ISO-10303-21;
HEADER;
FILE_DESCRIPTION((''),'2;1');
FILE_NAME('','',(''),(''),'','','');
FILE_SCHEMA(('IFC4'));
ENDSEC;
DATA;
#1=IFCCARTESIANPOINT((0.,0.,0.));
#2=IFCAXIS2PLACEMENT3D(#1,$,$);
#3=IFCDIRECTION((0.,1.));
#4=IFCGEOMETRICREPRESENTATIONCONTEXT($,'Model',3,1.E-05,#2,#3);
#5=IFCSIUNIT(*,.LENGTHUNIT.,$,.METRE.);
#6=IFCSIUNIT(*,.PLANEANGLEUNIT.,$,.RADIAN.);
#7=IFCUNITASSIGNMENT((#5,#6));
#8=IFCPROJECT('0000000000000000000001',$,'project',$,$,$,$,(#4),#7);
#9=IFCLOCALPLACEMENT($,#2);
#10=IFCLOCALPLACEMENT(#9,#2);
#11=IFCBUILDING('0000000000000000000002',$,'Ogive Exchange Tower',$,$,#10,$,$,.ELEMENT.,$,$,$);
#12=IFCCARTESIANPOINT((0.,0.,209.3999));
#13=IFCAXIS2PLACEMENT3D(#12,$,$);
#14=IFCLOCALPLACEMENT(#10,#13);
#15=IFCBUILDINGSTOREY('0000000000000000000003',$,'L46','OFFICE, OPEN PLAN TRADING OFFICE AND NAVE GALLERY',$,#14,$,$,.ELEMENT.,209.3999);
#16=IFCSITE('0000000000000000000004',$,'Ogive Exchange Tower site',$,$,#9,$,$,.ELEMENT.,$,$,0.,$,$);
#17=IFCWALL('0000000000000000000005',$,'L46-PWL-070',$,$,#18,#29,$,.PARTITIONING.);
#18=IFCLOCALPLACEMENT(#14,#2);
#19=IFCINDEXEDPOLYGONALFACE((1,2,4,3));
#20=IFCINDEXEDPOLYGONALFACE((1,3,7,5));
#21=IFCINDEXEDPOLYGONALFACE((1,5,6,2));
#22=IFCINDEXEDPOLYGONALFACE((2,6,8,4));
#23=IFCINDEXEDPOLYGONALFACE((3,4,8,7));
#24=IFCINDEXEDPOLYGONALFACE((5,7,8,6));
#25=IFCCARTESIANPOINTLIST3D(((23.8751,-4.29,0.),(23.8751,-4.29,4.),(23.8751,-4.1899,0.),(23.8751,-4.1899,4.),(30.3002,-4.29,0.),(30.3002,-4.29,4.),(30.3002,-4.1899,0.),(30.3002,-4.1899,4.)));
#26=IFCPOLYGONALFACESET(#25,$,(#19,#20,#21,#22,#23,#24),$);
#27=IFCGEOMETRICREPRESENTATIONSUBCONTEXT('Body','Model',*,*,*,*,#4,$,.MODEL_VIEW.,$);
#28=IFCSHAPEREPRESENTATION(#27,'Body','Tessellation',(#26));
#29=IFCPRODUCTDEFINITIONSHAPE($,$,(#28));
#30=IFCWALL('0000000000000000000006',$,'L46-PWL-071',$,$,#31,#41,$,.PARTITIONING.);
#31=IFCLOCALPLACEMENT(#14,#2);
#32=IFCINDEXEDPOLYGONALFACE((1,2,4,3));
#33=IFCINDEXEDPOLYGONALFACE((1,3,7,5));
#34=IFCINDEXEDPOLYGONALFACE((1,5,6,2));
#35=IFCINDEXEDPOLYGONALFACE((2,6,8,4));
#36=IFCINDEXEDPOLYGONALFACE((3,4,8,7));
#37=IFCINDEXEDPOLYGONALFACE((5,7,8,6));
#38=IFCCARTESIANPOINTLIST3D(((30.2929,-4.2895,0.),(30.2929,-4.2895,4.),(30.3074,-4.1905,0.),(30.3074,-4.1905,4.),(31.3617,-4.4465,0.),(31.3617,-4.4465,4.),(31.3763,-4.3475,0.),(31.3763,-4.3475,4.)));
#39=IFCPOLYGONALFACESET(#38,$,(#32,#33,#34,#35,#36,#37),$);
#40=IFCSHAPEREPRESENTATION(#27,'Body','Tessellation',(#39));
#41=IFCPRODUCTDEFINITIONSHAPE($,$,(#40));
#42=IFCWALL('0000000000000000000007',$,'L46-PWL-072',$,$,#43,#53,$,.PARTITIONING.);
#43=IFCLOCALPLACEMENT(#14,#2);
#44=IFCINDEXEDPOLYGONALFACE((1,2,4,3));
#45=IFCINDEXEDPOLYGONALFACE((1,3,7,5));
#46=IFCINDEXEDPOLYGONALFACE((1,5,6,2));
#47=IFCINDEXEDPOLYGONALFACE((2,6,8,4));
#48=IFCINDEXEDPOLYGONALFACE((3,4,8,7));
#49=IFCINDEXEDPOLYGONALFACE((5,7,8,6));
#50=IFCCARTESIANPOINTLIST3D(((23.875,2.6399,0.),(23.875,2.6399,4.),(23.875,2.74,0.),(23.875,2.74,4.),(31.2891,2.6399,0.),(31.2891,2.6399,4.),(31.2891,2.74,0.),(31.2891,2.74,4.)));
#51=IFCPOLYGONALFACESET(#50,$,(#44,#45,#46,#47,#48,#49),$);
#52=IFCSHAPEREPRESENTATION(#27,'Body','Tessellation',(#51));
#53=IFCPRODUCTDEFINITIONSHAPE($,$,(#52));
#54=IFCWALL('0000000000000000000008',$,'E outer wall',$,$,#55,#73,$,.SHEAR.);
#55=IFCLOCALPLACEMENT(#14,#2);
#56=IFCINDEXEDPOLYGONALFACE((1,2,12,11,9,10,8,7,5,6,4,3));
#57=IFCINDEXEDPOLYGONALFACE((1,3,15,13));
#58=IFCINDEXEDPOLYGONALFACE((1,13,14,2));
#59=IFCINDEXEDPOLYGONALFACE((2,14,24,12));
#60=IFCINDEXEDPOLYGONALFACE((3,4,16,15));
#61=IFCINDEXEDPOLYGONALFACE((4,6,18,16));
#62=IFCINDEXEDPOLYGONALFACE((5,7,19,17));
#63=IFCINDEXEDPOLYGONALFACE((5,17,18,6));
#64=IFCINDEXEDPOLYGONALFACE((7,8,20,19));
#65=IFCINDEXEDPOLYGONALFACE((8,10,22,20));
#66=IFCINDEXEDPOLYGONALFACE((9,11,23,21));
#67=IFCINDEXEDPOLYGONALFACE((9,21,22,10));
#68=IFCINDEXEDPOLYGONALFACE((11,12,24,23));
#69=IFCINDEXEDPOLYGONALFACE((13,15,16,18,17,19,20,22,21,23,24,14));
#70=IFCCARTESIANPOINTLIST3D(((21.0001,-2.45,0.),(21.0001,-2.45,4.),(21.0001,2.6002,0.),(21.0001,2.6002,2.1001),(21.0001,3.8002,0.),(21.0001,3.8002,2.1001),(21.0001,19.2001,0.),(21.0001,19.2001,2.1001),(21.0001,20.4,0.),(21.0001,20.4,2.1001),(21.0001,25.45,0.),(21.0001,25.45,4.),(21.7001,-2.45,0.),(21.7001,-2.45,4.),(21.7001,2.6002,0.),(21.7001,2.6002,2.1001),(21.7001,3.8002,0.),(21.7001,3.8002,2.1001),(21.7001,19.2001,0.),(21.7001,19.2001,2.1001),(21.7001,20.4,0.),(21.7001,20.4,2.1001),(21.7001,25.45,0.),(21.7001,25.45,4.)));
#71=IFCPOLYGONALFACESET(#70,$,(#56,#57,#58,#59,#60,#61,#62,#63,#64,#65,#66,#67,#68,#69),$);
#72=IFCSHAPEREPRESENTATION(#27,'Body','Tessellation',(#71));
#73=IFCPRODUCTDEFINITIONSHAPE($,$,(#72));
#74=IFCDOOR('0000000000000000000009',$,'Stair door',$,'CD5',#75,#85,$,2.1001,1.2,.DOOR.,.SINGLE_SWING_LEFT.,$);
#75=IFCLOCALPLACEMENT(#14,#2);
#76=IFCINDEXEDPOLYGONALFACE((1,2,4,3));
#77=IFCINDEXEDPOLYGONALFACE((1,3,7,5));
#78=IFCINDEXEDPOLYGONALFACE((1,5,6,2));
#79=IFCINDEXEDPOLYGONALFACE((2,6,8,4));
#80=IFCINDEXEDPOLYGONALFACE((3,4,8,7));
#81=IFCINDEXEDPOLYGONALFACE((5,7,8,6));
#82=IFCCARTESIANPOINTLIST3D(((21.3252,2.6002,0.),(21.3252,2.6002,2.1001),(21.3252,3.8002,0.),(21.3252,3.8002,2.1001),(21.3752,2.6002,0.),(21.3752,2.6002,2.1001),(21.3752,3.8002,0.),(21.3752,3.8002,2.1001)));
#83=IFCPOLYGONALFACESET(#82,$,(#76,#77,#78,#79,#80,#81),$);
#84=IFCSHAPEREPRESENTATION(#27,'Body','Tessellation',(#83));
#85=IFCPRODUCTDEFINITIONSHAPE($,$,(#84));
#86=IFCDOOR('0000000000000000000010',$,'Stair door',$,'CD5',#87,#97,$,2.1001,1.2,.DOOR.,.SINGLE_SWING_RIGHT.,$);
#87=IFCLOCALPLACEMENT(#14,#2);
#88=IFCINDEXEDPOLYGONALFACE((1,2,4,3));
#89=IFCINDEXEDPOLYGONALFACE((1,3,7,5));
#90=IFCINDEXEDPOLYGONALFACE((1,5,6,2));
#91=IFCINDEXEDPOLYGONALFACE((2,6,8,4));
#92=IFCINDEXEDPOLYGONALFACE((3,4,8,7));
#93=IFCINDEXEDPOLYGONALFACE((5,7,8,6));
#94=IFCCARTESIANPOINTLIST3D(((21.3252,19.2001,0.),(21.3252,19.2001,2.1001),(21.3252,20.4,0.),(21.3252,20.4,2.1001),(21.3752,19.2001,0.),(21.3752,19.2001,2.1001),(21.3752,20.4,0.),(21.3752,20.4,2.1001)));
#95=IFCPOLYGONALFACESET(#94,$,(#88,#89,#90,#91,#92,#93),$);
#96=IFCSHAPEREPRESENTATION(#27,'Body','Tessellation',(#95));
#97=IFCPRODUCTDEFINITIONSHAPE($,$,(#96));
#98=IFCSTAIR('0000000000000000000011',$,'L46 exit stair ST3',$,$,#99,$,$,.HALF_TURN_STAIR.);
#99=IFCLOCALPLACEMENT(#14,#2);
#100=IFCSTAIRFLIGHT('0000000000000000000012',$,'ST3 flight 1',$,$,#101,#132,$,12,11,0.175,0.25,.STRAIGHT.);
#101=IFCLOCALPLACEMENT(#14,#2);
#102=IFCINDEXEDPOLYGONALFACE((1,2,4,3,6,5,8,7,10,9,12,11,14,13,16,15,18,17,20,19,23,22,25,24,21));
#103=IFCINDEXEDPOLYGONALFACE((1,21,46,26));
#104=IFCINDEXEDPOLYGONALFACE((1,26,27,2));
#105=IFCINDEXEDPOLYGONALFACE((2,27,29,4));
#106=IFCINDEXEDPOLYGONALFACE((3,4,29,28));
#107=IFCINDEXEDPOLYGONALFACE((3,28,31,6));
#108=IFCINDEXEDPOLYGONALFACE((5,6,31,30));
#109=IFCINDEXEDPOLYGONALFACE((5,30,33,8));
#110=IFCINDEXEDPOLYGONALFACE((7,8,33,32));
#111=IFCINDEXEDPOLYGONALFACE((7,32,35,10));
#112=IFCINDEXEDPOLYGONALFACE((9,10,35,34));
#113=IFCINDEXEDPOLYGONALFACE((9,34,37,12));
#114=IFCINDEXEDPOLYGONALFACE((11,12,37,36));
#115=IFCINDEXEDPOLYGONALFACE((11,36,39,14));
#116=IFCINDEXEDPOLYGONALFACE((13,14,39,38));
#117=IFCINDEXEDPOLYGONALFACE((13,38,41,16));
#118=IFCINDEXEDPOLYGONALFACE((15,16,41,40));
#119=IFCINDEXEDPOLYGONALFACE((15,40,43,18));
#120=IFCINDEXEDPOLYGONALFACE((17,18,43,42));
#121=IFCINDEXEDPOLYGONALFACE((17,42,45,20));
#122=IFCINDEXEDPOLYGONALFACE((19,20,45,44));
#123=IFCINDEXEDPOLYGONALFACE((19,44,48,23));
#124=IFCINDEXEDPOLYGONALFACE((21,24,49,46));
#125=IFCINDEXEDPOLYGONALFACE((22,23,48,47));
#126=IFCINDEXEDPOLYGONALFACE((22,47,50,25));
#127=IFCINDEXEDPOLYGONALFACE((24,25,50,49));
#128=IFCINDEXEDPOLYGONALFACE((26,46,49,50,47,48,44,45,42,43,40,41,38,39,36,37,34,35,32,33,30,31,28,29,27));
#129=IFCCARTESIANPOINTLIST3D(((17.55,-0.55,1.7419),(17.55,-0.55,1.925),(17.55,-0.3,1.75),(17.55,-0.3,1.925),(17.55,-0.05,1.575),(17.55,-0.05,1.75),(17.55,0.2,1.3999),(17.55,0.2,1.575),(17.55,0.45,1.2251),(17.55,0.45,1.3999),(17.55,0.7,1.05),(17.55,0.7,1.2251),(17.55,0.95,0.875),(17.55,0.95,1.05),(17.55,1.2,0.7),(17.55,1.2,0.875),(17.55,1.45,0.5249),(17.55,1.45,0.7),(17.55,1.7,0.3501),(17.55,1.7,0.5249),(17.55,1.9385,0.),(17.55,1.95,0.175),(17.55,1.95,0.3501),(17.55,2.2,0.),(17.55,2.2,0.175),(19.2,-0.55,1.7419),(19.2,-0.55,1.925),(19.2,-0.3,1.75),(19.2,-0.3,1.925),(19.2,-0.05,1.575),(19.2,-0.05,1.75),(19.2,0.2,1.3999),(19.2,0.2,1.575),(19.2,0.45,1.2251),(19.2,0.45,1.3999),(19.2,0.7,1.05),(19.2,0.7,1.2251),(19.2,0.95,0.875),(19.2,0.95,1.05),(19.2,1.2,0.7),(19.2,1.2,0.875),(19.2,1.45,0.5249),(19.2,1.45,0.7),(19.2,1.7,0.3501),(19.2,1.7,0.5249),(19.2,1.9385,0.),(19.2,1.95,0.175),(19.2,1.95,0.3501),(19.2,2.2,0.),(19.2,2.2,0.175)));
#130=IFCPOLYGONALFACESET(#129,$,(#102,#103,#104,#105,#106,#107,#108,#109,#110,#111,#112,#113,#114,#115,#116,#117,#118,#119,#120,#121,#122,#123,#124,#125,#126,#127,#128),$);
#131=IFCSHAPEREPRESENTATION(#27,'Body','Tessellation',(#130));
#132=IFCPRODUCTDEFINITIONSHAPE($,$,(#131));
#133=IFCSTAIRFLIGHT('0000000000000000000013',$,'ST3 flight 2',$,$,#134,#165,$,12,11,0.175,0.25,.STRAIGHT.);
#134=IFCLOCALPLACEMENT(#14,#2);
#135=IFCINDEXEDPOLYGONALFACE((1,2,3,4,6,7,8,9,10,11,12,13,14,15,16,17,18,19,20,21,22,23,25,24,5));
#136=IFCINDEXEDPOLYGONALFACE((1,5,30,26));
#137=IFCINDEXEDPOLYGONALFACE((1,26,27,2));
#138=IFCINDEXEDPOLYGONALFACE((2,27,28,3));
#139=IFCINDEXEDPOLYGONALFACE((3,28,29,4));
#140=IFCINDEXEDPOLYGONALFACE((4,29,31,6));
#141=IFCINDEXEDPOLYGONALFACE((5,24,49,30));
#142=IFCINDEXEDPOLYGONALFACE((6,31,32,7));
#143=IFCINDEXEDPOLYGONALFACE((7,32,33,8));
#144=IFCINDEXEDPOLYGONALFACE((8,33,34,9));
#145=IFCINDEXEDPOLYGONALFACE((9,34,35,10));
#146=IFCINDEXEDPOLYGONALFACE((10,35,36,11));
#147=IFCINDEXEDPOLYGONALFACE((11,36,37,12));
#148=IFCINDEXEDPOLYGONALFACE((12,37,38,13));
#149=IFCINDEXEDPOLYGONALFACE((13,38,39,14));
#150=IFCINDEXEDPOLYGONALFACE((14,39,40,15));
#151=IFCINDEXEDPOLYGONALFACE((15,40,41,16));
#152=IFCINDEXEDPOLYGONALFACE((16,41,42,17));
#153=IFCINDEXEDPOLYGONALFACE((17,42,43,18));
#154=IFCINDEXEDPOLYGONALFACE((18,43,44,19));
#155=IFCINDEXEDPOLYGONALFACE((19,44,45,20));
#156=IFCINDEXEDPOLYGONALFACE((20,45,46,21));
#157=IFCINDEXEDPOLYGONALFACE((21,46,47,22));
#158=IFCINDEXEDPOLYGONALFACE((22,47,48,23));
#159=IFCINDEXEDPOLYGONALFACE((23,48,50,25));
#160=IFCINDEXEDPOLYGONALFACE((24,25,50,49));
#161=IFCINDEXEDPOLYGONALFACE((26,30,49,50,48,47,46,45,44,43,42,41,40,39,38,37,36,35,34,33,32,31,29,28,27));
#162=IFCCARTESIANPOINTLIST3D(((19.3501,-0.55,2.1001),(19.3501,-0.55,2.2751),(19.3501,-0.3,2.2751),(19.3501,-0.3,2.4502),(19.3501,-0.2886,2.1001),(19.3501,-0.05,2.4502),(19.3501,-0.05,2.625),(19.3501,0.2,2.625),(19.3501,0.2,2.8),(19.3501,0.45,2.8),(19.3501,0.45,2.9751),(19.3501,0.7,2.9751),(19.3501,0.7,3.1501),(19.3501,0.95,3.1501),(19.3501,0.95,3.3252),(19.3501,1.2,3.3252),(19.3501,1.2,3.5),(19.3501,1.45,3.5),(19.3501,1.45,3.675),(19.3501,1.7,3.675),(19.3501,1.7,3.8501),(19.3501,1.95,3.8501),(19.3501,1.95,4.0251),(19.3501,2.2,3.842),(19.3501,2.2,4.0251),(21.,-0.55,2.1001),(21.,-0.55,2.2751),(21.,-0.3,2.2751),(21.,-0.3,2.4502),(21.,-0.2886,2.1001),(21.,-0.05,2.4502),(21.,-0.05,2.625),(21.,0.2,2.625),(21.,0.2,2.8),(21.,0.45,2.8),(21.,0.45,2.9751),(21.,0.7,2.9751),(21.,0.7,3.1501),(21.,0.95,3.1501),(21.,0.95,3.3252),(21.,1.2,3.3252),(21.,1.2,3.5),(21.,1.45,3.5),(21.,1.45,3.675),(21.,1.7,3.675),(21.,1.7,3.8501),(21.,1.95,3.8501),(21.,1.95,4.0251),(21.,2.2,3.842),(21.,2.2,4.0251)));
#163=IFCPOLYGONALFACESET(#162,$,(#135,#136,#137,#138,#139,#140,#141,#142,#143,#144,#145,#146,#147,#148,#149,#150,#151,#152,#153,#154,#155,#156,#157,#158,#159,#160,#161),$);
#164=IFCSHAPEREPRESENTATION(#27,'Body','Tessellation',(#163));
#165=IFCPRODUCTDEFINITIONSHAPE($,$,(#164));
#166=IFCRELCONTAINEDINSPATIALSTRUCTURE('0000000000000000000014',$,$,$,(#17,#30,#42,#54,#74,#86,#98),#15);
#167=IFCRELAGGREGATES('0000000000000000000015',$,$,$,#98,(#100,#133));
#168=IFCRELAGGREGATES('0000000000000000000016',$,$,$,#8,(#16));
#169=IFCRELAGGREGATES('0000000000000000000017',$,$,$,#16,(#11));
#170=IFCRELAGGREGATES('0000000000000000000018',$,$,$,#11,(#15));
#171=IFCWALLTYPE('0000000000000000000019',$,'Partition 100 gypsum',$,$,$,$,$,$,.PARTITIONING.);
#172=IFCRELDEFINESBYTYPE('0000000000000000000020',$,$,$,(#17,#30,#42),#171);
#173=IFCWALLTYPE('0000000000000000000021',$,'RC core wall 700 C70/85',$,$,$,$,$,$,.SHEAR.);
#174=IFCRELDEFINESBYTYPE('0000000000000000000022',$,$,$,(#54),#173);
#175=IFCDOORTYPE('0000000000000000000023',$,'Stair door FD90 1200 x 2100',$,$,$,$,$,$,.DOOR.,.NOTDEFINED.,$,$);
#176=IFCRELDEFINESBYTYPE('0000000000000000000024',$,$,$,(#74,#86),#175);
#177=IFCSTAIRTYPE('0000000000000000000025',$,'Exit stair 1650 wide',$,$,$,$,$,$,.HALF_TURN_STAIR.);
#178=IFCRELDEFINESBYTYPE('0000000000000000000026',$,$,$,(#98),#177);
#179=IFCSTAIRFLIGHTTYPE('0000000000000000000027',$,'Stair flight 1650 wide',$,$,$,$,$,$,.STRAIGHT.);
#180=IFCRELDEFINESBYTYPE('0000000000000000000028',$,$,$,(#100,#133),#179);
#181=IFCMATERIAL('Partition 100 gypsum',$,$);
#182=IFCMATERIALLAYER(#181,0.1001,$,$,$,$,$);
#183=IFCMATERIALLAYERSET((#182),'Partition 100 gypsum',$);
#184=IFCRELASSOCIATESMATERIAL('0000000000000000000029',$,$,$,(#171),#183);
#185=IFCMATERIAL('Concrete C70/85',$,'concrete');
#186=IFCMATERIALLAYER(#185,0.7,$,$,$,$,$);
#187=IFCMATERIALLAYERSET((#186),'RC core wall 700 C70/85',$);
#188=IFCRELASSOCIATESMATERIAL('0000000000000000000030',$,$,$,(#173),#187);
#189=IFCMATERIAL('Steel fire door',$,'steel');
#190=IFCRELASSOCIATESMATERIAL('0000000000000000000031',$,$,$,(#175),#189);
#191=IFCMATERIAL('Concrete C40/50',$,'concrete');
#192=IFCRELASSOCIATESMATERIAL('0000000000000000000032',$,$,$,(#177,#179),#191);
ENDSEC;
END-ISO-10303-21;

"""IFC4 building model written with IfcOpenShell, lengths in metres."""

from ifc_helpers import new_model, si_unit, direction, frame, frame_2d, origin, place, context, subcontext, project, spatial, polyline, rectangle, outline, extrude, material, layer, layer_set, type_object, element, fill, aggregate, save


model = new_model("IFC4")

# Units and contexts
model_context = context("Model", 3, precision=1e-05, world=origin(), true_north=direction((0.0, 1.0)))
body_context = subcontext(model_context, "Body", "Model", "MODEL_VIEW")
ifc_project = project(units=[si_unit("LENGTHUNIT", "METRE"), si_unit("PLANEANGLEUNIT", "RADIAN")], contexts=[model_context])

# Site, building, storey
site_placement = place(None, origin())
site = spatial("IfcSite", under=ifc_project, at=site_placement, Name="Ogive Exchange Tower site", CompositionType="ELEMENT", RefElevation=0.0)
building_placement = place(site_placement, origin())
building = spatial("IfcBuilding", under=site, at=building_placement, Name="Ogive Exchange Tower", CompositionType="ELEMENT")
storey_placement = place(building_placement, frame((0.0, 0.0, 209.3999)))
storey = spatial("IfcBuildingStorey", under=building, at=storey_placement, Name="L46", Description="OFFICE, OPEN PLAN TRADING OFFICE AND NAVE GALLERY", CompositionType="ELEMENT", Elevation=209.3999)

# Walls
ifc_material_1 = material(Name="Partition 100 gypsum")
ifc_layer_1 = layer(ifc_material_1, 0.1001)
ifc_layer_set_1 = layer_set([ifc_layer_1], Name="Partition 100 gypsum")
wall_type_1 = type_object("IfcWallType", Name="Partition 100 gypsum", PredefinedType="PARTITIONING", material=ifc_layer_set_1)
wall_1_placement = place(storey_placement, frame((30.3, -4.24, 0.0), z_axis=(0.0, 0.0, 1.0), x_axis=(-1.0, 0.0, 0.0)))
element("IfcWall", 1, at=wall_1_placement, inside=storey, type_object=wall_type_1, Name="L46-PWL-070", PredefinedType="PARTITIONING", context=body_context, shape_type="SweptSolid", body=[
    extrude(rectangle(XDim=6.425, YDim=0.1001, at=frame_2d((3.2124, 0.0))), origin(), (0.0, 0.0, 1.0), 4.0),
])
wall_2_placement = place(storey_placement, frame((31.3689, -4.397, 0.0), z_axis=(0.0, 0.0, 1.0), x_axis=(-0.989386, 0.145312, 0.0)))
element("IfcWall", 2, at=wall_2_placement, inside=storey, type_object=wall_type_1, Name="L46-PWL-071", PredefinedType="PARTITIONING", context=body_context, shape_type="SweptSolid", body=[
    extrude(rectangle(XDim=1.0803, YDim=0.1001, at=frame_2d((0.54, 0.0))), origin(), (0.0, 0.0, 1.0), 4.0),
])
wall_3_placement = place(storey_placement, frame((31.2891, 2.6899, 0.0), z_axis=(0.0, 0.0, 1.0), x_axis=(-1.0, 0.0, 0.0)))
element("IfcWall", 3, at=wall_3_placement, inside=storey, type_object=wall_type_1, Name="L46-PWL-072", PredefinedType="PARTITIONING", context=body_context, shape_type="SweptSolid", body=[
    extrude(rectangle(XDim=7.4141, YDim=0.1001, at=frame_2d((3.707, 0.0))), origin(), (0.0, 0.0, 1.0), 4.0),
])

# Wall, openings, doors
ifc_material_2 = material(Name="Concrete C70/85", Category="concrete")
ifc_layer_2 = layer(ifc_material_2, 0.7)
ifc_layer_set_2 = layer_set([ifc_layer_2], Name="RC core wall 700 C70/85")
wall_type_2 = type_object("IfcWallType", Name="RC core wall 700 C70/85", PredefinedType="SHEAR", material=ifc_layer_set_2)
wall_4_placement = place(storey_placement, frame((21.3501, -2.45, 0.0), z_axis=(0.0, 0.0, 1.0), x_axis=(0.0, 1.0, 0.0)))
wall_4 = element("IfcWall", 4, at=wall_4_placement, inside=storey, type_object=wall_type_2, Name="E outer wall", PredefinedType="SHEAR", context=body_context, shape_type="SweptSolid", body=[
    extrude(rectangle(XDim=27.8999, YDim=0.7, at=frame_2d((13.95, 0.0))), origin(), (0.0, 0.0, 1.0), 4.0),
])
opening_1_placement = place(wall_4_placement, frame((5.05, 0.0, 0.0)))
opening_1 = element("IfcOpeningElement", 5, at=opening_1_placement, cuts=wall_4, PredefinedType="OPENING", context=body_context, shape_type="SweptSolid", body=[
    extrude(rectangle(XDim=1.2, YDim=2.1001, at=frame_2d((0.6001, 1.05))), frame((0.0, 0.3599, 0.0), z_axis=(0.0, -1.0, 0.0), x_axis=(1.0, 0.0, 0.0)), (0.0, 0.0, 1.0), 0.72),
])
opening_2_placement = place(wall_4_placement, frame((21.6499, 0.0, 0.0)))
opening_2 = element("IfcOpeningElement", 6, at=opening_2_placement, cuts=wall_4, PredefinedType="OPENING", context=body_context, shape_type="SweptSolid", body=[
    extrude(rectangle(XDim=1.2, YDim=2.1001, at=frame_2d((0.6001, 1.05))), frame((0.0, 0.3599, 0.0), z_axis=(0.0, -1.0, 0.0), x_axis=(1.0, 0.0, 0.0)), (0.0, 0.0, 1.0), 0.72),
])
ifc_material_3 = material(Name="Steel fire door", Category="steel")
door_type_1 = type_object("IfcDoorType", Name="Stair door FD90 1200 x 2100", OperationType="NOTDEFINED", PredefinedType="DOOR", material=ifc_material_3)
door_1_placement = place(opening_1_placement, origin())
door_1 = element("IfcDoor", 7, at=door_1_placement, inside=storey, type_object=door_type_1, Name="Stair door", ObjectType="CD5", OperationType="SINGLE_SWING_LEFT", OverallHeight=2.1001, OverallWidth=1.2, PredefinedType="DOOR", context=body_context, shape_type="SweptSolid", body=[
    extrude(rectangle(XDim=1.2, YDim=2.1001, at=frame_2d((0.6001, 1.05))), frame((0.0, 0.0249, 0.0), z_axis=(0.0, -1.0, 0.0), x_axis=(1.0, 0.0, 0.0)), (0.0, 0.0, 1.0), 0.05),
])
fill(opening_1, door_1)
door_2_placement = place(opening_2_placement, origin())
door_2 = element("IfcDoor", 8, at=door_2_placement, inside=storey, type_object=door_type_1, Name="Stair door", ObjectType="CD5", OperationType="SINGLE_SWING_RIGHT", OverallHeight=2.1001, OverallWidth=1.2, PredefinedType="DOOR", context=body_context, shape_type="SweptSolid", body=[
    extrude(rectangle(XDim=1.2, YDim=2.1001, at=frame_2d((0.6001, 1.05))), frame((0.0, 0.0249, 0.0), z_axis=(0.0, -1.0, 0.0), x_axis=(1.0, 0.0, 0.0)), (0.0, 0.0, 1.0), 0.05),
])
fill(opening_2, door_2)

# Stair, stair flights
ifc_material_4 = material(Name="Concrete C40/50", Category="concrete")
stair_type = type_object("IfcStairType", Name="Exit stair 1650 wide", PredefinedType="HALF_TURN_STAIR", material=ifc_material_4)
stair_placement = place(storey_placement, origin())
stair = element("IfcStair", 9, at=stair_placement, inside=storey, type_object=stair_type, Name="L46 exit stair ST3", PredefinedType="HALF_TURN_STAIR")
stair_flight_type = type_object("IfcStairFlightType", Name="Stair flight 1650 wide", PredefinedType="STRAIGHT", material=ifc_material_4)
stair_flight_1_placement = place(storey_placement, frame((18.375, 2.2, 0.0), z_axis=(0.0, 0.0, 1.0), x_axis=(0.0, -1.0, 0.0)))
stair_flight_1 = element("IfcStairFlight", 10, at=stair_flight_1_placement, type_object=stair_flight_type, Name="ST3 flight 1", NumberOfRisers=12, NumberOfTreads=11, PredefinedType="STRAIGHT", RiserHeight=0.175, TreadLength=0.25, context=body_context, shape_type="SweptSolid", body=[
    extrude(outline(polyline([(0.0, 0.0), (0.0, 0.175), (0.25, 0.175), (0.25, 0.3501), (0.5, 0.3501), (0.5, 0.5249), (0.75, 0.5249), (0.75, 0.7), (1.0, 0.7), (1.0, 0.875), (1.25, 0.875), (1.25, 1.05), (1.5, 1.05), (1.5, 1.2251), (1.75, 1.2251), (1.75, 1.3999), (2.0, 1.3999), (2.0, 1.575), (2.25, 1.575), (2.25, 1.75), (2.5, 1.75), (2.5, 1.925), (2.75, 1.925), (2.75, 2.1001), (2.75, 1.7419), (0.2615, 0.0), (0.0, 0.0)])), frame((0.0, 0.825, 0.0), z_axis=(0.0, -1.0, 0.0), x_axis=(1.0, 0.0, 0.0)), (0.0, 0.0, 1.0), 1.6499),
])
stair_flight_2_placement = place(storey_placement, frame((20.175, -0.55, 2.1001), z_axis=(0.0, 0.0, 1.0), x_axis=(0.0, 1.0, 0.0)))
stair_flight_2 = element("IfcStairFlight", 11, at=stair_flight_2_placement, type_object=stair_flight_type, Name="ST3 flight 2", NumberOfRisers=12, NumberOfTreads=11, PredefinedType="STRAIGHT", RiserHeight=0.175, TreadLength=0.25, context=body_context, shape_type="SweptSolid", body=[
    extrude(outline(polyline([(0.0, 0.0), (0.0, 0.175), (0.25, 0.175), (0.25, 0.3501), (0.5, 0.3501), (0.5, 0.5249), (0.75, 0.5249), (0.75, 0.7), (1.0, 0.7), (1.0, 0.875), (1.25, 0.875), (1.25, 1.05), (1.5, 1.05), (1.5, 1.2251), (1.75, 1.2251), (1.75, 1.3999), (2.0, 1.3999), (2.0, 1.575), (2.25, 1.575), (2.25, 1.75), (2.5, 1.75), (2.5, 1.925), (2.75, 1.925), (2.75, 2.1001), (2.75, 1.7419), (0.2615, 0.0), (0.0, 0.0)])), frame((0.0, 0.825, 0.0), z_axis=(0.0, -1.0, 0.0), x_axis=(1.0, 0.0, 0.0)), (0.0, 0.0, 1.0), 1.6499),
])
aggregate(stair, [stair_flight_1, stair_flight_2])

save(model, "model.ifc")
